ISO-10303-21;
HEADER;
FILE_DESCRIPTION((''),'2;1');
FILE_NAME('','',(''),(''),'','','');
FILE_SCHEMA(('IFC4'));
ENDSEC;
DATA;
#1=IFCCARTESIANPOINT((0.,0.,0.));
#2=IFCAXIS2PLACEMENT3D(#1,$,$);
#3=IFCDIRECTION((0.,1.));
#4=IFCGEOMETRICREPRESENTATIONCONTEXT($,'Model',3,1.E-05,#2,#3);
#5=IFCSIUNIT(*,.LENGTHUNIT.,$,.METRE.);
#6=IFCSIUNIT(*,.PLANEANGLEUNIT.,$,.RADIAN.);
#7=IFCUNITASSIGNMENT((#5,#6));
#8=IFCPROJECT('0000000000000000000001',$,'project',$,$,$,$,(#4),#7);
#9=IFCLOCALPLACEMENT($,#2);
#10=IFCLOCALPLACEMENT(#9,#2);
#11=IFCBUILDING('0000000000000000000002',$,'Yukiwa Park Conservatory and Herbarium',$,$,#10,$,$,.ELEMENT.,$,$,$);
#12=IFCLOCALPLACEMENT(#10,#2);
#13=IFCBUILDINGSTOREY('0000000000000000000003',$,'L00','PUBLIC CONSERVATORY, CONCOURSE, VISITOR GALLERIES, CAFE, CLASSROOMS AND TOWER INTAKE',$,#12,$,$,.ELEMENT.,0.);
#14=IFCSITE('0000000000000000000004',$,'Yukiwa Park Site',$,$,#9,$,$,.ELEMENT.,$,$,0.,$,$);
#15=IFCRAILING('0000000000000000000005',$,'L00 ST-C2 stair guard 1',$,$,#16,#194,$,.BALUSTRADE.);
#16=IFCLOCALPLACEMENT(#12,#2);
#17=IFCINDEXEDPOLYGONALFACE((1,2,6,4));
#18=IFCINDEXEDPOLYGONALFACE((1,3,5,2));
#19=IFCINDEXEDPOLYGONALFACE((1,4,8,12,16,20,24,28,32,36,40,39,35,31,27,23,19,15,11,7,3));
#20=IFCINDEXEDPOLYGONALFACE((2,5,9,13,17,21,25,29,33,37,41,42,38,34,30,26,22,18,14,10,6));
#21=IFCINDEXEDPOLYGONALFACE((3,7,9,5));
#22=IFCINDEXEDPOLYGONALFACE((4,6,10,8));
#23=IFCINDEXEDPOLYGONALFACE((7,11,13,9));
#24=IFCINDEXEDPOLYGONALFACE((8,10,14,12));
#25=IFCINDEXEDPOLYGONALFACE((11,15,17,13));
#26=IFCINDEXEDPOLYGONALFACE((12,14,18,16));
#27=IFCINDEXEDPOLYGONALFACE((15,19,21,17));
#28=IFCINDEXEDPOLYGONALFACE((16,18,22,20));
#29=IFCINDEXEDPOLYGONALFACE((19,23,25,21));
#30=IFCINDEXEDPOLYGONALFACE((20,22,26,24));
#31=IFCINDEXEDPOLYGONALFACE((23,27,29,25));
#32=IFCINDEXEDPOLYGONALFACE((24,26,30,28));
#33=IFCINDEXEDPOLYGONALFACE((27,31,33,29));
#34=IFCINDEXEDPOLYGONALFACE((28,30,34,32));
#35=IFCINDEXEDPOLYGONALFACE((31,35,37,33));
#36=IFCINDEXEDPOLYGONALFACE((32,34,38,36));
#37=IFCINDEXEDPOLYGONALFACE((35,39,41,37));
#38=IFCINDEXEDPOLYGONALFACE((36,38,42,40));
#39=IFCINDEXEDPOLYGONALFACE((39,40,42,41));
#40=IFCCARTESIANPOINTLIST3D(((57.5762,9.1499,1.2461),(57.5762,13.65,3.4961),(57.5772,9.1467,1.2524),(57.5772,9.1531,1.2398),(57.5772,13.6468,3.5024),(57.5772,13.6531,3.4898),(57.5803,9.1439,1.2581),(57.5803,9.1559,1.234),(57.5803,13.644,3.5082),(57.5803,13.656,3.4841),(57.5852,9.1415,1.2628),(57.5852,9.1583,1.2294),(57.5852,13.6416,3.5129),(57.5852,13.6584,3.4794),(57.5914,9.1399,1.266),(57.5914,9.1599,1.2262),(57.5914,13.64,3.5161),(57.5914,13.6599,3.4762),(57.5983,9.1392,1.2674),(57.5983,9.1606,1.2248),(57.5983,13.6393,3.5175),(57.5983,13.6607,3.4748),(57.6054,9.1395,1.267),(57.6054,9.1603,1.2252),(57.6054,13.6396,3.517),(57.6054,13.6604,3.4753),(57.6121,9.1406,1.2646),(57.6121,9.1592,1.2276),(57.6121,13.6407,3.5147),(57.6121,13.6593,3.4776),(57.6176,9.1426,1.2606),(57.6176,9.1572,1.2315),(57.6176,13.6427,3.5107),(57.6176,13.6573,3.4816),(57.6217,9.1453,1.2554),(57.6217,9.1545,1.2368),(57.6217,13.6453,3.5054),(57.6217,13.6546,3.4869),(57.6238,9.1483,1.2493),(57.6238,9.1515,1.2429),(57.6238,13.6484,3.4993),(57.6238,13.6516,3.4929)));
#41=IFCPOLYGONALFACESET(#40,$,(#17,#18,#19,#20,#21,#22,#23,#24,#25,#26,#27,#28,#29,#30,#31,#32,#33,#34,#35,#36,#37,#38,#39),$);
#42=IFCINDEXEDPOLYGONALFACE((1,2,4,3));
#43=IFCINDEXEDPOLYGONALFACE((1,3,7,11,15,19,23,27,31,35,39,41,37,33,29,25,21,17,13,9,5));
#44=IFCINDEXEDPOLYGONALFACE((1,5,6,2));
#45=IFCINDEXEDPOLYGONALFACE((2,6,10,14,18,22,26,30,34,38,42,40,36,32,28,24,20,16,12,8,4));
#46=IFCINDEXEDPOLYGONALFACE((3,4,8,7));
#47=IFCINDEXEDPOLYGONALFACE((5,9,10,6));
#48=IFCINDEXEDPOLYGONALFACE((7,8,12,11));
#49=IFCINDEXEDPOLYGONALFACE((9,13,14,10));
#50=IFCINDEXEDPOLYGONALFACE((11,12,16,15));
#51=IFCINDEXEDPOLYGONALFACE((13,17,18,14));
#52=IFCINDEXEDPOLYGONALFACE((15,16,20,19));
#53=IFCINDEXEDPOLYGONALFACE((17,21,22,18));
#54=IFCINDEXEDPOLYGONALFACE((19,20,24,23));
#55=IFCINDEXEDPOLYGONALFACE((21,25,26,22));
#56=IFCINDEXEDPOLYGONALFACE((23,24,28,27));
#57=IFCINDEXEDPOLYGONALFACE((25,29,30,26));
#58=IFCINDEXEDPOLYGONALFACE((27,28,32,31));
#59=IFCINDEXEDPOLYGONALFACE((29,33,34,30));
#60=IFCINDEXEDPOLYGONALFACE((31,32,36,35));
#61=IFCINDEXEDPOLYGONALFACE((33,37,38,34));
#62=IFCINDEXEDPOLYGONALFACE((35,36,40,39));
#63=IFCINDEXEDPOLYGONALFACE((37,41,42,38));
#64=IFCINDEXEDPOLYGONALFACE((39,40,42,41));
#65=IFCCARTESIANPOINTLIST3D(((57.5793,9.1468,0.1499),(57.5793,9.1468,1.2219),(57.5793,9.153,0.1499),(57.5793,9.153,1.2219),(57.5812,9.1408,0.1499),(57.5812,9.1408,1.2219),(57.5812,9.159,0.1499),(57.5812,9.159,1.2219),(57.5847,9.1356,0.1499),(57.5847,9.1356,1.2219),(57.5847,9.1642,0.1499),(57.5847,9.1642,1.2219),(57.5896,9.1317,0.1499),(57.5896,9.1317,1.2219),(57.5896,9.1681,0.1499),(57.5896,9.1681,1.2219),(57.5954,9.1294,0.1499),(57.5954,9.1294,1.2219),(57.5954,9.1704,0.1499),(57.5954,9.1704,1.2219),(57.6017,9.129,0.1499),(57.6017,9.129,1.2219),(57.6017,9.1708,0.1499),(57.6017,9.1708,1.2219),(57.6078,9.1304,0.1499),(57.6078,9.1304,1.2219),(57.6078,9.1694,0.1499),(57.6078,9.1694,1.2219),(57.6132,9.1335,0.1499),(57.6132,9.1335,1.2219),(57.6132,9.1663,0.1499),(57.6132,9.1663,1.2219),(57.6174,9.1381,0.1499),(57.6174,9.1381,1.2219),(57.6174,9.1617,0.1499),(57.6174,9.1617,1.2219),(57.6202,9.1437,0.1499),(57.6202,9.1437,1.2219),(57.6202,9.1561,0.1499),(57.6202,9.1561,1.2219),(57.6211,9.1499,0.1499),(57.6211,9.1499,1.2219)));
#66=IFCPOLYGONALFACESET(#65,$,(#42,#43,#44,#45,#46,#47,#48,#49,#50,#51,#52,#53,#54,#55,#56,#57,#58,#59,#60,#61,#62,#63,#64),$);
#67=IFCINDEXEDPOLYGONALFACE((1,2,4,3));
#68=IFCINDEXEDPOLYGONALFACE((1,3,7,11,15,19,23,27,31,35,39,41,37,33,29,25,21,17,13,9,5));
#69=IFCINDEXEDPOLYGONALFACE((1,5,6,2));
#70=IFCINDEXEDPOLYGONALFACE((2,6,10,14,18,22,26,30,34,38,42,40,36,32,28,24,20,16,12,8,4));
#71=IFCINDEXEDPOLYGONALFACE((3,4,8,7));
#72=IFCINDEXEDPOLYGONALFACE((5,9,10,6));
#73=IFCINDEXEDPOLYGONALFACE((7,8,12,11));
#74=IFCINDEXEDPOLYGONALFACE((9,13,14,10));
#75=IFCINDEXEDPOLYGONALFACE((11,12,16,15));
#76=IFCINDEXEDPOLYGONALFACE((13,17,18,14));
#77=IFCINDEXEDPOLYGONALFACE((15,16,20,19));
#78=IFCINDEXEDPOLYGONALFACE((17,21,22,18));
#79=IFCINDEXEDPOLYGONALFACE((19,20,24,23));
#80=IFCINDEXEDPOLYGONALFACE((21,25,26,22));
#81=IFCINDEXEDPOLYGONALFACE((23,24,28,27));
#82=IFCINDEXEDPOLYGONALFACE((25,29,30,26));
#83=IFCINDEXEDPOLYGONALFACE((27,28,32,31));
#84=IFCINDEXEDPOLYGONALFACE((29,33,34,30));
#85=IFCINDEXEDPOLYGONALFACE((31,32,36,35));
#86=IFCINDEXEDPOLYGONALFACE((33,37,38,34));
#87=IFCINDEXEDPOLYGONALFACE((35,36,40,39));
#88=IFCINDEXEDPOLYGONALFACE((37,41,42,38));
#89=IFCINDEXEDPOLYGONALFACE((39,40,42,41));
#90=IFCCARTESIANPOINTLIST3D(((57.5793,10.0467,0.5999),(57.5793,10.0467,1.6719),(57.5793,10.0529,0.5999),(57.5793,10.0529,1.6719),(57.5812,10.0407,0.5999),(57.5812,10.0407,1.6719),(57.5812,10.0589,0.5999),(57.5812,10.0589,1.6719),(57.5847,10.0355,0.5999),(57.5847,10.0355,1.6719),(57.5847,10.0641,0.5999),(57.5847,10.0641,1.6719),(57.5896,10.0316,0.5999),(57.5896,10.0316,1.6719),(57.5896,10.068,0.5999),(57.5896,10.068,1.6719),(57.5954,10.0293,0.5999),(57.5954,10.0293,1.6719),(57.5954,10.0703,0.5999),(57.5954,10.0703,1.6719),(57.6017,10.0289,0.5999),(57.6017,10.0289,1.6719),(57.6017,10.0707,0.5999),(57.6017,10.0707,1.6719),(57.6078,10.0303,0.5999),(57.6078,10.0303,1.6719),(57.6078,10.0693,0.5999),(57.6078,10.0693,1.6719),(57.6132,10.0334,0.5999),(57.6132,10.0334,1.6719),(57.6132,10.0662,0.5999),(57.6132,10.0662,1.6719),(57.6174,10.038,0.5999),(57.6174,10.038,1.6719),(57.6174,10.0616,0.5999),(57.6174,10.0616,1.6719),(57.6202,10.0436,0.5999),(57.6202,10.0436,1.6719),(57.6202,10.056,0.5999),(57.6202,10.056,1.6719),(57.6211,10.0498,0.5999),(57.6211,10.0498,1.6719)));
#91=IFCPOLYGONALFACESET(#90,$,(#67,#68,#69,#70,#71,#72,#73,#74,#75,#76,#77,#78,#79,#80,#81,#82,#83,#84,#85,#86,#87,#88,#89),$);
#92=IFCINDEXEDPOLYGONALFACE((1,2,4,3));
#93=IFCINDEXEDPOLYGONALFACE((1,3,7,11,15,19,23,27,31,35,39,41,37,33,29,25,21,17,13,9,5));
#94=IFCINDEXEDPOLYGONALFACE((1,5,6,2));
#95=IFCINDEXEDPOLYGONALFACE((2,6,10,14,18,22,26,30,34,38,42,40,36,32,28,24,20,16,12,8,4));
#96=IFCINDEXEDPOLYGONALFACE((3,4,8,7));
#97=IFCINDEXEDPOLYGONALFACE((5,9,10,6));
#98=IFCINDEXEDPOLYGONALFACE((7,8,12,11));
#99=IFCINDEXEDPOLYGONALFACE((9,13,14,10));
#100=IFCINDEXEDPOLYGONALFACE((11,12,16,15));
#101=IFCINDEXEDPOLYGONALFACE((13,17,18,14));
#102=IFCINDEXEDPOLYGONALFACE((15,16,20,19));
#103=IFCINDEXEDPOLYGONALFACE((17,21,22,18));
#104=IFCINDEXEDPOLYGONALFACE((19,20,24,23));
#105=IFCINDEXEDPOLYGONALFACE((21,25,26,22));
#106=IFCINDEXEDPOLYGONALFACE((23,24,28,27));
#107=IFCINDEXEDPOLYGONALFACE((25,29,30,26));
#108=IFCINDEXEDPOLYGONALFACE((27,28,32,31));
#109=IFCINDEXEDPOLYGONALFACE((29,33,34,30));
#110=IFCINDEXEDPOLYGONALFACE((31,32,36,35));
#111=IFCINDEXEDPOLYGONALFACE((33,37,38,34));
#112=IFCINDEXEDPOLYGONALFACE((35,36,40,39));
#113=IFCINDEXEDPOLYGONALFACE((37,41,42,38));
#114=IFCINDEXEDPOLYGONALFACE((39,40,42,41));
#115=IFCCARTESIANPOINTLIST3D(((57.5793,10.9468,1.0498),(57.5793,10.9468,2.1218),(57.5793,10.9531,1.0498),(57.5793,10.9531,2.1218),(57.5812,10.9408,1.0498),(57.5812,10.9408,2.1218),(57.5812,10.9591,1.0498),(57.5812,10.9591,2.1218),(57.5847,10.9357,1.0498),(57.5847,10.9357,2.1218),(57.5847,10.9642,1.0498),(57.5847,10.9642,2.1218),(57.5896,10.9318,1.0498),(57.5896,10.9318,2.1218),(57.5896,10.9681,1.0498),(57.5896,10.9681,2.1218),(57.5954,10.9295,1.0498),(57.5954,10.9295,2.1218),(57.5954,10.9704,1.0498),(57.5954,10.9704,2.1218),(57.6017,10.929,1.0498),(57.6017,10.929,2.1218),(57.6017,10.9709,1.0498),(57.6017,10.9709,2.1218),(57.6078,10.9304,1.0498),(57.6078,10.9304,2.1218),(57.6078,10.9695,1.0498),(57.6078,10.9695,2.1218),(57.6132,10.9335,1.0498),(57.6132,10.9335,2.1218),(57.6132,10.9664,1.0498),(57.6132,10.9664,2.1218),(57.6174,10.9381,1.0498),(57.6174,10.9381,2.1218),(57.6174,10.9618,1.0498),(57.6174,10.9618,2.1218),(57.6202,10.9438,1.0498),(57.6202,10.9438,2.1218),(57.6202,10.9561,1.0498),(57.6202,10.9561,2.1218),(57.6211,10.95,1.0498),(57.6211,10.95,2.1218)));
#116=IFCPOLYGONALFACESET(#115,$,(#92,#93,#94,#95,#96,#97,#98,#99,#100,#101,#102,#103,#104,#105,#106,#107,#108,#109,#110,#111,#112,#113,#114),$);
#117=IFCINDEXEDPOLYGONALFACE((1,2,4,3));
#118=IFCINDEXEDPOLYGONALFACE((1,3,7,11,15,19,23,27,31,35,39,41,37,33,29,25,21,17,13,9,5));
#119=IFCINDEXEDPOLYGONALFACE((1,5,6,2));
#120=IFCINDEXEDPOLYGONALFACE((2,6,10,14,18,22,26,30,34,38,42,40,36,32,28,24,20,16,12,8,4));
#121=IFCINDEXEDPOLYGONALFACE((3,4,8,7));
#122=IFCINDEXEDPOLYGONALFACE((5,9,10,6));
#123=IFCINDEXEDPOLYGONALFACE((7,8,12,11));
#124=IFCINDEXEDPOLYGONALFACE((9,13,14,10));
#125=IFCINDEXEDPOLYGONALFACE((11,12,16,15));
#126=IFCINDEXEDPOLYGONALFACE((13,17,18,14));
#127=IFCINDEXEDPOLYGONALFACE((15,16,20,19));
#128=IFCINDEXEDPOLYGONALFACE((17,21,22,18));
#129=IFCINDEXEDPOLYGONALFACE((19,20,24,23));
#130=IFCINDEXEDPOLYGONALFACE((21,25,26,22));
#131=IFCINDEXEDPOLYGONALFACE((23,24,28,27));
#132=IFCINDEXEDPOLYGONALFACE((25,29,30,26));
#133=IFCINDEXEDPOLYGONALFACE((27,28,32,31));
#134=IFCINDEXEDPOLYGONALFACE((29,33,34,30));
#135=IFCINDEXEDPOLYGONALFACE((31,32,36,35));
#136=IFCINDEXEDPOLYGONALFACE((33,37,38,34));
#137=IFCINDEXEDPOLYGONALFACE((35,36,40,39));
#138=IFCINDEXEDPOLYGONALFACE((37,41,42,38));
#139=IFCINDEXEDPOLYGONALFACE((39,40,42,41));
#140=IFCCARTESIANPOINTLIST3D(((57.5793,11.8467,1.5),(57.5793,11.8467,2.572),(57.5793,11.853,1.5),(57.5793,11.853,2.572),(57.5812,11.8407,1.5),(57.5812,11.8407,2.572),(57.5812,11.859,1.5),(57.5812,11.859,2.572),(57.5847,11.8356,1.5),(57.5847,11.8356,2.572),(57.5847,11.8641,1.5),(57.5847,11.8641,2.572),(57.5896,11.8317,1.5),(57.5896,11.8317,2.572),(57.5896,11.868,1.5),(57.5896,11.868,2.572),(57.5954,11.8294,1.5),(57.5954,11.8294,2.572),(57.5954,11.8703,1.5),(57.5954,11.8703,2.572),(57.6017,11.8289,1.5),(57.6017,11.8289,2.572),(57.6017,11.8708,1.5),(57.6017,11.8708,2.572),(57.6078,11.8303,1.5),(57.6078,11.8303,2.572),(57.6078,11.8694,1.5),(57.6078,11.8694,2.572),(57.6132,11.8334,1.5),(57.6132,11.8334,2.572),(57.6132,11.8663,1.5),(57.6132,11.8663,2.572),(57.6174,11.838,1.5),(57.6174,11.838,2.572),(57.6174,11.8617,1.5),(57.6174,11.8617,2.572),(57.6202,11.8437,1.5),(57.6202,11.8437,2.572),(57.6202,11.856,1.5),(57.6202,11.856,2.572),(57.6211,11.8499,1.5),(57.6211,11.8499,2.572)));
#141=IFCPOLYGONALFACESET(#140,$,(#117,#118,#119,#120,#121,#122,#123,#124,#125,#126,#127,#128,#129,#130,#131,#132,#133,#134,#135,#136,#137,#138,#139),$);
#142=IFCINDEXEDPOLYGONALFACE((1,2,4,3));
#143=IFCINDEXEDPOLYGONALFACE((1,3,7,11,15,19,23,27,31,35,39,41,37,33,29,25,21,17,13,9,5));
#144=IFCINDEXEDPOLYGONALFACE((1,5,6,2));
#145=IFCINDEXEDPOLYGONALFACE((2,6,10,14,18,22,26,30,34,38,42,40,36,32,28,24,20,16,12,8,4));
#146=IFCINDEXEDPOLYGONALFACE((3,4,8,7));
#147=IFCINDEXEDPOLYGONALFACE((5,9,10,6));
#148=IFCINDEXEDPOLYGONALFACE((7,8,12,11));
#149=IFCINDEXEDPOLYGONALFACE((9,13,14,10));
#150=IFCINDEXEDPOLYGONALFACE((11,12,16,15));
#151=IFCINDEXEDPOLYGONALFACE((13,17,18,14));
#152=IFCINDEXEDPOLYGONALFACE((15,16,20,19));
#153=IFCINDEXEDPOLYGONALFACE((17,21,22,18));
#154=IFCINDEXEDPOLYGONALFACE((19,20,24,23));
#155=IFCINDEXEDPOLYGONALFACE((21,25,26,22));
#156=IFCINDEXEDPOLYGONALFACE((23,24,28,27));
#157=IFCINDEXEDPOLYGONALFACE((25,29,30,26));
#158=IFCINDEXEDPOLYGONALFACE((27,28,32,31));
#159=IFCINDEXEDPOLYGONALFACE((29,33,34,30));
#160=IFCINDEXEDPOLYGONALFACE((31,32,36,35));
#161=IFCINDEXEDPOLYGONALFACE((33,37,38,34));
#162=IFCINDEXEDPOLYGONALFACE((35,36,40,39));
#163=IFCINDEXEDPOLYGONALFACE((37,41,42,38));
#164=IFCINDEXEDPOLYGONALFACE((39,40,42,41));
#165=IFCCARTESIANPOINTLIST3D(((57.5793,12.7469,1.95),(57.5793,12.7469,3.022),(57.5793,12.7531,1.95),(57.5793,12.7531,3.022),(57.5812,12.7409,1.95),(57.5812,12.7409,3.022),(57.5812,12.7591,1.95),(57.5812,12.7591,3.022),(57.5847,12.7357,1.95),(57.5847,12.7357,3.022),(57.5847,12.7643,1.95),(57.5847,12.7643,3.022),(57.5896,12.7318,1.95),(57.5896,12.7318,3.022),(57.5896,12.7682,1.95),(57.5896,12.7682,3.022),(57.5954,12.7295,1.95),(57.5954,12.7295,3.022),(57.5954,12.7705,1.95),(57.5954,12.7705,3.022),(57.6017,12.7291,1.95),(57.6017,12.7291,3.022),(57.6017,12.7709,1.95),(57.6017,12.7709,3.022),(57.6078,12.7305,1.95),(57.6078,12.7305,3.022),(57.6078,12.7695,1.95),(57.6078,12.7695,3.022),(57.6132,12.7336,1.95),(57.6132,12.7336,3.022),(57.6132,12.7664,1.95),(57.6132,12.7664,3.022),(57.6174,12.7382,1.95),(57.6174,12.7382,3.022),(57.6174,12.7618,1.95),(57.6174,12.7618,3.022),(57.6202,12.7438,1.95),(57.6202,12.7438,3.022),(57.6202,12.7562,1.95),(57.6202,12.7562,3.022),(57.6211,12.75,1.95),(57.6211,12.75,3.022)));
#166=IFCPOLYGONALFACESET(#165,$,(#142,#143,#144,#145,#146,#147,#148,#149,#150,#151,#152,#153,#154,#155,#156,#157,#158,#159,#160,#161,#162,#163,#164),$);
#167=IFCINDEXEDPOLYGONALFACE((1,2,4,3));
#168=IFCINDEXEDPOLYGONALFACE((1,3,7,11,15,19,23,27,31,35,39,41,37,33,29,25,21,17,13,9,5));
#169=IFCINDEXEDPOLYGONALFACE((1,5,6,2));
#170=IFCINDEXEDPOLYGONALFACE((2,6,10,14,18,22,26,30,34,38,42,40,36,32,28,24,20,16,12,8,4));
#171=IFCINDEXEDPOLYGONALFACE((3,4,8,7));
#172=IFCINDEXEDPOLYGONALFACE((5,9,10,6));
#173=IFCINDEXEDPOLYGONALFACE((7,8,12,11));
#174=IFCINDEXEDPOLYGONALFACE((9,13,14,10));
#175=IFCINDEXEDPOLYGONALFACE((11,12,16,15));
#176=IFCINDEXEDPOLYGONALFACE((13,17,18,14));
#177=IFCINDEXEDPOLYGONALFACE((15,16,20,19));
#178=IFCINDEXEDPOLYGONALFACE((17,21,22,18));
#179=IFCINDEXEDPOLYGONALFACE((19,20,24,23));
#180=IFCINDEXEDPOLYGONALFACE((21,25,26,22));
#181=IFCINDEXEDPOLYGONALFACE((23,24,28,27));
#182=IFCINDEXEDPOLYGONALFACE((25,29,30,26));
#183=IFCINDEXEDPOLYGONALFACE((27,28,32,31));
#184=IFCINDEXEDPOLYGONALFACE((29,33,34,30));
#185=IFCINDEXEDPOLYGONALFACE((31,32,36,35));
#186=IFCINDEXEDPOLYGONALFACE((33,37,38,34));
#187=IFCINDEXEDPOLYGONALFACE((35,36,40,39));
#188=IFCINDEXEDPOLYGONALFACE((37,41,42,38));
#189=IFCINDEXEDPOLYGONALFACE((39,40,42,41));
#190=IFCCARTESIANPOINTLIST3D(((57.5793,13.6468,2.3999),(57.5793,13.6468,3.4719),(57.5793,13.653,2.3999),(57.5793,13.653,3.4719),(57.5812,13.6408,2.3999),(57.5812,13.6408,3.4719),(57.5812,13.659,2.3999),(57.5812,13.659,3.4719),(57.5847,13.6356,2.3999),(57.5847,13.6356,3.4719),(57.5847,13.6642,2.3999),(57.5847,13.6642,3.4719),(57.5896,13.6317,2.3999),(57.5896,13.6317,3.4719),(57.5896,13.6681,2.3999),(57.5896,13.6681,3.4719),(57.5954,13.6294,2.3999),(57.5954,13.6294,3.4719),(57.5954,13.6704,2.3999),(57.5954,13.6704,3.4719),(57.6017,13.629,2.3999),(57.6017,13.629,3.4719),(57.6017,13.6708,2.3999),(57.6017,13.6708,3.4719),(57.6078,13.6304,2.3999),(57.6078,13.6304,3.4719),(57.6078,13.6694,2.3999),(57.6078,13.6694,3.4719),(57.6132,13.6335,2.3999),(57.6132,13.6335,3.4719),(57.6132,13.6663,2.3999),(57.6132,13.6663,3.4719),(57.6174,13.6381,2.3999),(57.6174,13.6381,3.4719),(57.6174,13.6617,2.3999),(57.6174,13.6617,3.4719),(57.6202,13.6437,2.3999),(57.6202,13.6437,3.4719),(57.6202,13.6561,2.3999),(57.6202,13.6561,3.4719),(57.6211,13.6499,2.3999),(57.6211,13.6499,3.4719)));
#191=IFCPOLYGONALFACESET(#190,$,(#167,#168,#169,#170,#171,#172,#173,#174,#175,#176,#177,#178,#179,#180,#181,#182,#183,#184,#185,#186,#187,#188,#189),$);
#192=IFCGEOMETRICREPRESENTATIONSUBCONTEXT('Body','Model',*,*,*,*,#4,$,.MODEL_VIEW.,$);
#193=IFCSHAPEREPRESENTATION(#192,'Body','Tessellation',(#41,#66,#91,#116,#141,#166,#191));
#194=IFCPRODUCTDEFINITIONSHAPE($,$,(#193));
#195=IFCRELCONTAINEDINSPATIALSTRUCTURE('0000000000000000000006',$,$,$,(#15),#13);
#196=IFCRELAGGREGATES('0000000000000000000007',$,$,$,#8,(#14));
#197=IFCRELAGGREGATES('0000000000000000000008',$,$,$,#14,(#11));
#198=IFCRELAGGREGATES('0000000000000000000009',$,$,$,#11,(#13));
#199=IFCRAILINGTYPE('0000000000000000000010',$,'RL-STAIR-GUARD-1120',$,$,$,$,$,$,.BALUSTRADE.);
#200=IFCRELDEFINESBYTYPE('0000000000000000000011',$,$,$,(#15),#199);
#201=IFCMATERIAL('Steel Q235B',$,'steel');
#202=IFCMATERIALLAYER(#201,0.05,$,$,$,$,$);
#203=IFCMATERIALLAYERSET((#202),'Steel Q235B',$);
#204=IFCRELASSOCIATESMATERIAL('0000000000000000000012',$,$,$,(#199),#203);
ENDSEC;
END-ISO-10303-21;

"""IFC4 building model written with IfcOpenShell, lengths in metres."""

from ifc_helpers import new_model, si_unit, direction, frame, origin, origin_2d, place, context, subcontext, project, spatial, circle, extrude, material, layer, layer_set, type_object, element, save


model = new_model("IFC4")

# Units and contexts
model_context = context("Model", 3, precision=1e-05, world=origin(), true_north=direction((0.0, 1.0)))
body_context = subcontext(model_context, "Body", "Model", "MODEL_VIEW")
ifc_project = project(units=[si_unit("LENGTHUNIT", "METRE"), si_unit("PLANEANGLEUNIT", "RADIAN")], contexts=[model_context])

# Site, building, storey
site_placement = place(None, origin())
site = spatial("IfcSite", under=ifc_project, at=site_placement, Name="Yukiwa Park Site", CompositionType="ELEMENT", RefElevation=0.0)
building_placement = place(site_placement, origin())
building = spatial("IfcBuilding", under=site, at=building_placement, Name="Yukiwa Park Conservatory and Herbarium", CompositionType="ELEMENT")
storey_placement = place(building_placement, origin())
storey = spatial("IfcBuildingStorey", under=building, at=storey_placement, Name="L00", Description="PUBLIC CONSERVATORY, CONCOURSE, VISITOR GALLERIES, CAFE, CLASSROOMS AND TOWER INTAKE", CompositionType="ELEMENT", Elevation=0.0)

# Railing
ifc_material_1 = material(Name="Steel Q235B", Category="steel")
ifc_layer_1 = layer(ifc_material_1, 0.05)
ifc_layer_set_1 = layer_set([ifc_layer_1], Name="Steel Q235B")
railing_type_1 = type_object("IfcRailingType", Name="RL-STAIR-GUARD-1120", PredefinedType="BALUSTRADE", material=ifc_layer_set_1)
railing_1_placement = place(storey_placement, frame((57.6001, 9.1499, 0.1499)))
element("IfcRailing", 1, at=railing_1_placement, inside=storey, type_object=railing_type_1, Name="L00 ST-C2 stair guard 1", PredefinedType="BALUSTRADE", context=body_context, shape_type="SweptSolid", body=[
    extrude(circle(Radius=0.0239, at=origin_2d()), frame((0.0, 0.0, 1.0962), z_axis=(0.0, 0.894427, 0.447214), x_axis=(-1.0, 0.0, 0.0)), (0.0, 0.0, 1.0), 5.0312),
    extrude(circle(Radius=0.021, at=origin_2d()), origin(), (0.0, 0.0, 1.0), 1.072),
    extrude(circle(Radius=0.021, at=origin_2d()), frame((0.0, 0.8999, 0.45)), (0.0, 0.0, 1.0), 1.072),
    extrude(circle(Radius=0.021, at=origin_2d()), frame((0.0, 1.8, 0.8999)), (0.0, 0.0, 1.0), 1.072),
    extrude(circle(Radius=0.021, at=origin_2d()), frame((0.0, 2.7, 1.3501)), (0.0, 0.0, 1.0), 1.072),
    extrude(circle(Radius=0.021, at=origin_2d()), frame((0.0, 3.6001, 1.8)), (0.0, 0.0, 1.0), 1.072),
    extrude(circle(Radius=0.021, at=origin_2d()), frame((0.0, 4.5, 2.25)), (0.0, 0.0, 1.0), 1.072),
])

save(model, "model.ifc")
